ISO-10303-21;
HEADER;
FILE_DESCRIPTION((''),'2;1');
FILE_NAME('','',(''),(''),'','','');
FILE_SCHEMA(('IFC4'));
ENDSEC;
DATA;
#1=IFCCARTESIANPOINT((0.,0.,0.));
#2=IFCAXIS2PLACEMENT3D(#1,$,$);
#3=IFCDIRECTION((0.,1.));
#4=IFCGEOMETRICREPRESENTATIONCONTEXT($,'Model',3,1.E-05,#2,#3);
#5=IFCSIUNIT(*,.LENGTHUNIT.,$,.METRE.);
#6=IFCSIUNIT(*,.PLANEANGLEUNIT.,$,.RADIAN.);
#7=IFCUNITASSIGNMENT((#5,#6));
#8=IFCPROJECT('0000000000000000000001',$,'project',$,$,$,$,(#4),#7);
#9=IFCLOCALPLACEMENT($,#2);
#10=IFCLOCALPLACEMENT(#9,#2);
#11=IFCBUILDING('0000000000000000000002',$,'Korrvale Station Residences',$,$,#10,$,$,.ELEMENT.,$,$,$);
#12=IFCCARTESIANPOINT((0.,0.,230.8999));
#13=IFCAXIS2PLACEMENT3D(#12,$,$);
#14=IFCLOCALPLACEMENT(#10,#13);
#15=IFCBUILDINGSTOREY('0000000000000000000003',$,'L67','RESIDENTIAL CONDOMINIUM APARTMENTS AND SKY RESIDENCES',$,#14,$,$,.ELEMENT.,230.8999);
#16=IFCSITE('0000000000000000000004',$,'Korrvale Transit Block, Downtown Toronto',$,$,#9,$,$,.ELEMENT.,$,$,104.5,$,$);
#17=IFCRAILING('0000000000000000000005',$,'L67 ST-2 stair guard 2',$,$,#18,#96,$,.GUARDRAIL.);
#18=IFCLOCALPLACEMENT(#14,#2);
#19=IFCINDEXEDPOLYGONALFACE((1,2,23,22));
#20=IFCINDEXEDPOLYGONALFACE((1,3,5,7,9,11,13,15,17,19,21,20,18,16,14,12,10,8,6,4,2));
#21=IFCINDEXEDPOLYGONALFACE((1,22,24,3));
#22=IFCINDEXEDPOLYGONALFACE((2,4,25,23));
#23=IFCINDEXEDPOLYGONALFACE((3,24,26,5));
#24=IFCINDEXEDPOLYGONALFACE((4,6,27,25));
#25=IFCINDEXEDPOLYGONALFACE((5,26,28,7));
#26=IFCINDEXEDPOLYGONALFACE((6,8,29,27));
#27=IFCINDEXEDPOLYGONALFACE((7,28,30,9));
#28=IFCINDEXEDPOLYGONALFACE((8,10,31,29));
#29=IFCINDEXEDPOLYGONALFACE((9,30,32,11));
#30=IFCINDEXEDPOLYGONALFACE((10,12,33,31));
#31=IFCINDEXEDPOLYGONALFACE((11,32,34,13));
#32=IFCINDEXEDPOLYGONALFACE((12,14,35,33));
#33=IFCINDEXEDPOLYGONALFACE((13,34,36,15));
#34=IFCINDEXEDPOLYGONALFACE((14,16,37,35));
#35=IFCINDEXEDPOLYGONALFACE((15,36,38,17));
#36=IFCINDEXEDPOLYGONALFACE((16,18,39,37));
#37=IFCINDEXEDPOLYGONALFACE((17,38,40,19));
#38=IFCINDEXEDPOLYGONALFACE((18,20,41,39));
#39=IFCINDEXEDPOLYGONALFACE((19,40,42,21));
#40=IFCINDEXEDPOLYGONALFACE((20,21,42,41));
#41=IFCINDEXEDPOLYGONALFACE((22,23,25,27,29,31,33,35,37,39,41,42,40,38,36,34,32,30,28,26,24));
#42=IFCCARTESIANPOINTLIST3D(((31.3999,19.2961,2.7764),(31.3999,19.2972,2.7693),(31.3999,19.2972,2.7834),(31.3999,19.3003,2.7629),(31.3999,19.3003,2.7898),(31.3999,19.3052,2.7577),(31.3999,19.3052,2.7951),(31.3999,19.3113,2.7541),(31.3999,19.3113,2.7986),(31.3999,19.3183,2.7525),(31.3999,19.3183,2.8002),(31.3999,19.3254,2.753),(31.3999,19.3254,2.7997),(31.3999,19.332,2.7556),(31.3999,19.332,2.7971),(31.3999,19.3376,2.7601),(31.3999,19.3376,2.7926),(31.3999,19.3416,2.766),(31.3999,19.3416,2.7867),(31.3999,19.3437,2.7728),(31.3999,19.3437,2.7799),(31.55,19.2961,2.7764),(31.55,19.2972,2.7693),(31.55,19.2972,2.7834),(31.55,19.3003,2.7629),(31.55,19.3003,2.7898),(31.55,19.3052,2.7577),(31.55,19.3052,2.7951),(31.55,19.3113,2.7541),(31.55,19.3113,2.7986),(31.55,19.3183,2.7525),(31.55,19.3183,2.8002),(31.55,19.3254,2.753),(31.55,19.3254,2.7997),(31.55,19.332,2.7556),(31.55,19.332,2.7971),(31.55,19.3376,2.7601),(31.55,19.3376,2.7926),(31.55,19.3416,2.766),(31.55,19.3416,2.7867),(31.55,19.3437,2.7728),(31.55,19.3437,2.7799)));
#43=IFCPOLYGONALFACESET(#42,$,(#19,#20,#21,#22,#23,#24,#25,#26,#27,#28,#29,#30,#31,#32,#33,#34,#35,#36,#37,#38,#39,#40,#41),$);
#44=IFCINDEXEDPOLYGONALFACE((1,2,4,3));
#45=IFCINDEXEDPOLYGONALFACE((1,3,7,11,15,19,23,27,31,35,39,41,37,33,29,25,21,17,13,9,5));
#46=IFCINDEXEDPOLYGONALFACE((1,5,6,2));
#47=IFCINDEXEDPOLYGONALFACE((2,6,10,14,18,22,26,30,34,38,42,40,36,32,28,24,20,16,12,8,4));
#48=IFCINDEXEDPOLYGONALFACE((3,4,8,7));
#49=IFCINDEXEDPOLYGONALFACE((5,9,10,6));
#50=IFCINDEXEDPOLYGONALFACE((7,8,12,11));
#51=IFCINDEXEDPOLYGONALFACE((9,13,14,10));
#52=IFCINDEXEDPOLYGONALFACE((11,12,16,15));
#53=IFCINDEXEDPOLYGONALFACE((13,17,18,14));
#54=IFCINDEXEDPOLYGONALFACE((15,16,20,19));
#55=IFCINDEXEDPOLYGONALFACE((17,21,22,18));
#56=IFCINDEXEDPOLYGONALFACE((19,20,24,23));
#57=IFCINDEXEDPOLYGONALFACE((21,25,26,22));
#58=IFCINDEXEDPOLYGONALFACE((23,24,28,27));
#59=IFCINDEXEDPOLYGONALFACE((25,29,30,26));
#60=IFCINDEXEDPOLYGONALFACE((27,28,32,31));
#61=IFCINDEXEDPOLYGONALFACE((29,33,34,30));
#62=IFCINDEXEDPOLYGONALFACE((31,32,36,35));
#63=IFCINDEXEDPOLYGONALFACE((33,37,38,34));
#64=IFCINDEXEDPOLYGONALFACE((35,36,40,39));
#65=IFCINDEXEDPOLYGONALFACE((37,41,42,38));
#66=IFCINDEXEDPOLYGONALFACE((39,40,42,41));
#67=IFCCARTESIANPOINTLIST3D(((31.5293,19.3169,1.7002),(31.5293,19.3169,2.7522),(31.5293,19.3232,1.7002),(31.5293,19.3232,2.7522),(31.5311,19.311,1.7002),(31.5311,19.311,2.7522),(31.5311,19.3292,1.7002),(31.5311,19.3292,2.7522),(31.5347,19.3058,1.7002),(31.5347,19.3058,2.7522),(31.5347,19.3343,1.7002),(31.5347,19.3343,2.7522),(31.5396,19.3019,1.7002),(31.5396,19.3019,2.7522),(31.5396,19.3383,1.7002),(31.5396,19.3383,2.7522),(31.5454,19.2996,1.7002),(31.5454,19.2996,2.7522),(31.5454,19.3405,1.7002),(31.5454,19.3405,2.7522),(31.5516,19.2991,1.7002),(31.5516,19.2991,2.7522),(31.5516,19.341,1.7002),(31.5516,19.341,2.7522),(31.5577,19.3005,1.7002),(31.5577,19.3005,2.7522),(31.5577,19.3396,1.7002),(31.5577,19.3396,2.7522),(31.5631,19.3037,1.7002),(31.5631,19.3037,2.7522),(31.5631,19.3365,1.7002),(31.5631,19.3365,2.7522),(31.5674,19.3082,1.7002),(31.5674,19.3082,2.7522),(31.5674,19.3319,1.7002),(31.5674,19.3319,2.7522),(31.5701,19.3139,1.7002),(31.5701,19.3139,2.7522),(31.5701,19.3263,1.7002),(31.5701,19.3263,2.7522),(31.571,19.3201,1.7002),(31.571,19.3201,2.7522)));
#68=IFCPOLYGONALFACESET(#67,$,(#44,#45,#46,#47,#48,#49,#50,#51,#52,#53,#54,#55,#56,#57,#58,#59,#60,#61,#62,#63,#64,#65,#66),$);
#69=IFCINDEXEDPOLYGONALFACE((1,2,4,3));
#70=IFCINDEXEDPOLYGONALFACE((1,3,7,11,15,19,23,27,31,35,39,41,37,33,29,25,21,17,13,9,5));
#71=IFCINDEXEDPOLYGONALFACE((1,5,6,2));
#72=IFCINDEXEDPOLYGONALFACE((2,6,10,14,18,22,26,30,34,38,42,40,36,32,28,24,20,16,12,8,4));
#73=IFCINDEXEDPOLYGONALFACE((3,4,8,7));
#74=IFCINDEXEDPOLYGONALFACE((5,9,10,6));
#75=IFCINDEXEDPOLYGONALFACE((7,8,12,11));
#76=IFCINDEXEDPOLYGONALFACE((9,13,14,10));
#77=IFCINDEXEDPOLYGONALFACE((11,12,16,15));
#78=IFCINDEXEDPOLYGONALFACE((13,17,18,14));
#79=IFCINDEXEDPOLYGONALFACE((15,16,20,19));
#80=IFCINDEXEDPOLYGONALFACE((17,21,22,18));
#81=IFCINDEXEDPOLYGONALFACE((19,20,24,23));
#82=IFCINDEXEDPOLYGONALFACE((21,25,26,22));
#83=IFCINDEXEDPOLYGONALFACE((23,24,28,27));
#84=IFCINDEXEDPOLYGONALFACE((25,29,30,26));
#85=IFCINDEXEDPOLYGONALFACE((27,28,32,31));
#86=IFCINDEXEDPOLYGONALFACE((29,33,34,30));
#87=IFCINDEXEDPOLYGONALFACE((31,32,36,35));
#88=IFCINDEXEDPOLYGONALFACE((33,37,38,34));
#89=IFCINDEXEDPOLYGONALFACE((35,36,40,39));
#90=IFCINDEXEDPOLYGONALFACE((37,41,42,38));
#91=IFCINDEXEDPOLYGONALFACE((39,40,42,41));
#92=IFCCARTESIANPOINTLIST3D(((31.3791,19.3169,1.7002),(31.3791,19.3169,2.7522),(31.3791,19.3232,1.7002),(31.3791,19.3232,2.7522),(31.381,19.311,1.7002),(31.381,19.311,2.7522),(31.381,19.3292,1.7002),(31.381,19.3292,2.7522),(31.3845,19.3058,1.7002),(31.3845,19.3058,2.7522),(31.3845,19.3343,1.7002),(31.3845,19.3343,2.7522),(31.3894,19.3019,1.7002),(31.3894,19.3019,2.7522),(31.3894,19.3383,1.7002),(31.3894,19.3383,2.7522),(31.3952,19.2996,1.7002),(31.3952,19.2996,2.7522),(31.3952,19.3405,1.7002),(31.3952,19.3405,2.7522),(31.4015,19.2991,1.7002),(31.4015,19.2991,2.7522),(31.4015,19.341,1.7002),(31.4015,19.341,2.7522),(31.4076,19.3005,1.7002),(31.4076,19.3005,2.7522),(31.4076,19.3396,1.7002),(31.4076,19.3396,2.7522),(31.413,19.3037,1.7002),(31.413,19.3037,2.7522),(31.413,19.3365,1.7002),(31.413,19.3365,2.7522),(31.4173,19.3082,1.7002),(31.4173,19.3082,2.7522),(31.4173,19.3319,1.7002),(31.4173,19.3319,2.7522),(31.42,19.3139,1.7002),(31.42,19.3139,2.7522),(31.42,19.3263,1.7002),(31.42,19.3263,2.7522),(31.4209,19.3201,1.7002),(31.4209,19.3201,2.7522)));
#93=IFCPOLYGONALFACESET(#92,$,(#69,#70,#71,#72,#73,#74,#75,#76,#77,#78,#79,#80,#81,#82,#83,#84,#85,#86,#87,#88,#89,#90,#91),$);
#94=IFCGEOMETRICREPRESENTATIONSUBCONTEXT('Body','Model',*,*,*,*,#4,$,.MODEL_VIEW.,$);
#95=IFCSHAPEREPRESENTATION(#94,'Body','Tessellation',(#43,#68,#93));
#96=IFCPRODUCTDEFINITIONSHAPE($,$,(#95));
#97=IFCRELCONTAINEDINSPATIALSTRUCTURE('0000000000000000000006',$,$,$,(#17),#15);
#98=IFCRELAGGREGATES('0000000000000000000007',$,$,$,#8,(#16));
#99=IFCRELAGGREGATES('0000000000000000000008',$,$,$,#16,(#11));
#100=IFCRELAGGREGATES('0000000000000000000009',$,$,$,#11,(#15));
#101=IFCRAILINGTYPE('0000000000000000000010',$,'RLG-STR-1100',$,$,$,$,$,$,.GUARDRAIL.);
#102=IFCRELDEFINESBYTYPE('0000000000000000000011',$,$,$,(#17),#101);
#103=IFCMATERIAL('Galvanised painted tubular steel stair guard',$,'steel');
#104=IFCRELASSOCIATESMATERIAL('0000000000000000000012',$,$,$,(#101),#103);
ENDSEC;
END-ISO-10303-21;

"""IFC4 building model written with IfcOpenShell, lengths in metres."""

from ifc_helpers import new_model, si_unit, direction, frame, origin, origin_2d, place, context, subcontext, project, spatial, circle, extrude, material, type_object, element, save


model = new_model("IFC4")

# Units and contexts
model_context = context("Model", 3, precision=1e-05, world=origin(), true_north=direction((0.0, 1.0)))
body_context = subcontext(model_context, "Body", "Model", "MODEL_VIEW")
ifc_project = project(units=[si_unit("LENGTHUNIT", "METRE"), si_unit("PLANEANGLEUNIT", "RADIAN")], contexts=[model_context])

# Site, building, storey
site_placement = place(None, origin())
site = spatial("IfcSite", under=ifc_project, at=site_placement, Name="Korrvale Transit Block, Downtown Toronto", CompositionType="ELEMENT", RefElevation=104.5)
building_placement = place(site_placement, origin())
building = spatial("IfcBuilding", under=site, at=building_placement, Name="Korrvale Station Residences", CompositionType="ELEMENT")
storey_placement = place(building_placement, frame((0.0, 0.0, 230.8999)))
storey = spatial("IfcBuildingStorey", under=building, at=storey_placement, Name="L67", Description="RESIDENTIAL CONDOMINIUM APARTMENTS AND SKY RESIDENCES", CompositionType="ELEMENT", Elevation=230.8999)

# Railing
ifc_material_1 = material(Name="Galvanised painted tubular steel stair guard", Category="steel")
railing_type_1 = type_object("IfcRailingType", Name="RLG-STR-1100", PredefinedType="GUARDRAIL", material=ifc_material_1)
railing_1_placement = place(storey_placement, frame((31.55, 19.3201, 1.7002)))
element("IfcRailing", 1, at=railing_1_placement, inside=storey, type_object=railing_type_1, Name="L67 ST-2 stair guard 2", PredefinedType="GUARDRAIL", context=body_context, shape_type="SweptSolid", body=[
    extrude(circle(Radius=0.0239, at=origin_2d()), frame((0.0, 0.0, 1.0762), z_axis=(-1.0, 0.0, 0.0), x_axis=(0.0, -1.0, 0.0)), (0.0, 0.0, 1.0), 0.1501),
    extrude(circle(Radius=0.021, at=origin_2d()), origin(), (0.0, 0.0, 1.0), 1.052),
    extrude(circle(Radius=0.021, at=origin_2d()), frame((-0.1501, 0.0, 0.0)), (0.0, 0.0, 1.0), 1.052),
])

save(model, "model.ifc")
